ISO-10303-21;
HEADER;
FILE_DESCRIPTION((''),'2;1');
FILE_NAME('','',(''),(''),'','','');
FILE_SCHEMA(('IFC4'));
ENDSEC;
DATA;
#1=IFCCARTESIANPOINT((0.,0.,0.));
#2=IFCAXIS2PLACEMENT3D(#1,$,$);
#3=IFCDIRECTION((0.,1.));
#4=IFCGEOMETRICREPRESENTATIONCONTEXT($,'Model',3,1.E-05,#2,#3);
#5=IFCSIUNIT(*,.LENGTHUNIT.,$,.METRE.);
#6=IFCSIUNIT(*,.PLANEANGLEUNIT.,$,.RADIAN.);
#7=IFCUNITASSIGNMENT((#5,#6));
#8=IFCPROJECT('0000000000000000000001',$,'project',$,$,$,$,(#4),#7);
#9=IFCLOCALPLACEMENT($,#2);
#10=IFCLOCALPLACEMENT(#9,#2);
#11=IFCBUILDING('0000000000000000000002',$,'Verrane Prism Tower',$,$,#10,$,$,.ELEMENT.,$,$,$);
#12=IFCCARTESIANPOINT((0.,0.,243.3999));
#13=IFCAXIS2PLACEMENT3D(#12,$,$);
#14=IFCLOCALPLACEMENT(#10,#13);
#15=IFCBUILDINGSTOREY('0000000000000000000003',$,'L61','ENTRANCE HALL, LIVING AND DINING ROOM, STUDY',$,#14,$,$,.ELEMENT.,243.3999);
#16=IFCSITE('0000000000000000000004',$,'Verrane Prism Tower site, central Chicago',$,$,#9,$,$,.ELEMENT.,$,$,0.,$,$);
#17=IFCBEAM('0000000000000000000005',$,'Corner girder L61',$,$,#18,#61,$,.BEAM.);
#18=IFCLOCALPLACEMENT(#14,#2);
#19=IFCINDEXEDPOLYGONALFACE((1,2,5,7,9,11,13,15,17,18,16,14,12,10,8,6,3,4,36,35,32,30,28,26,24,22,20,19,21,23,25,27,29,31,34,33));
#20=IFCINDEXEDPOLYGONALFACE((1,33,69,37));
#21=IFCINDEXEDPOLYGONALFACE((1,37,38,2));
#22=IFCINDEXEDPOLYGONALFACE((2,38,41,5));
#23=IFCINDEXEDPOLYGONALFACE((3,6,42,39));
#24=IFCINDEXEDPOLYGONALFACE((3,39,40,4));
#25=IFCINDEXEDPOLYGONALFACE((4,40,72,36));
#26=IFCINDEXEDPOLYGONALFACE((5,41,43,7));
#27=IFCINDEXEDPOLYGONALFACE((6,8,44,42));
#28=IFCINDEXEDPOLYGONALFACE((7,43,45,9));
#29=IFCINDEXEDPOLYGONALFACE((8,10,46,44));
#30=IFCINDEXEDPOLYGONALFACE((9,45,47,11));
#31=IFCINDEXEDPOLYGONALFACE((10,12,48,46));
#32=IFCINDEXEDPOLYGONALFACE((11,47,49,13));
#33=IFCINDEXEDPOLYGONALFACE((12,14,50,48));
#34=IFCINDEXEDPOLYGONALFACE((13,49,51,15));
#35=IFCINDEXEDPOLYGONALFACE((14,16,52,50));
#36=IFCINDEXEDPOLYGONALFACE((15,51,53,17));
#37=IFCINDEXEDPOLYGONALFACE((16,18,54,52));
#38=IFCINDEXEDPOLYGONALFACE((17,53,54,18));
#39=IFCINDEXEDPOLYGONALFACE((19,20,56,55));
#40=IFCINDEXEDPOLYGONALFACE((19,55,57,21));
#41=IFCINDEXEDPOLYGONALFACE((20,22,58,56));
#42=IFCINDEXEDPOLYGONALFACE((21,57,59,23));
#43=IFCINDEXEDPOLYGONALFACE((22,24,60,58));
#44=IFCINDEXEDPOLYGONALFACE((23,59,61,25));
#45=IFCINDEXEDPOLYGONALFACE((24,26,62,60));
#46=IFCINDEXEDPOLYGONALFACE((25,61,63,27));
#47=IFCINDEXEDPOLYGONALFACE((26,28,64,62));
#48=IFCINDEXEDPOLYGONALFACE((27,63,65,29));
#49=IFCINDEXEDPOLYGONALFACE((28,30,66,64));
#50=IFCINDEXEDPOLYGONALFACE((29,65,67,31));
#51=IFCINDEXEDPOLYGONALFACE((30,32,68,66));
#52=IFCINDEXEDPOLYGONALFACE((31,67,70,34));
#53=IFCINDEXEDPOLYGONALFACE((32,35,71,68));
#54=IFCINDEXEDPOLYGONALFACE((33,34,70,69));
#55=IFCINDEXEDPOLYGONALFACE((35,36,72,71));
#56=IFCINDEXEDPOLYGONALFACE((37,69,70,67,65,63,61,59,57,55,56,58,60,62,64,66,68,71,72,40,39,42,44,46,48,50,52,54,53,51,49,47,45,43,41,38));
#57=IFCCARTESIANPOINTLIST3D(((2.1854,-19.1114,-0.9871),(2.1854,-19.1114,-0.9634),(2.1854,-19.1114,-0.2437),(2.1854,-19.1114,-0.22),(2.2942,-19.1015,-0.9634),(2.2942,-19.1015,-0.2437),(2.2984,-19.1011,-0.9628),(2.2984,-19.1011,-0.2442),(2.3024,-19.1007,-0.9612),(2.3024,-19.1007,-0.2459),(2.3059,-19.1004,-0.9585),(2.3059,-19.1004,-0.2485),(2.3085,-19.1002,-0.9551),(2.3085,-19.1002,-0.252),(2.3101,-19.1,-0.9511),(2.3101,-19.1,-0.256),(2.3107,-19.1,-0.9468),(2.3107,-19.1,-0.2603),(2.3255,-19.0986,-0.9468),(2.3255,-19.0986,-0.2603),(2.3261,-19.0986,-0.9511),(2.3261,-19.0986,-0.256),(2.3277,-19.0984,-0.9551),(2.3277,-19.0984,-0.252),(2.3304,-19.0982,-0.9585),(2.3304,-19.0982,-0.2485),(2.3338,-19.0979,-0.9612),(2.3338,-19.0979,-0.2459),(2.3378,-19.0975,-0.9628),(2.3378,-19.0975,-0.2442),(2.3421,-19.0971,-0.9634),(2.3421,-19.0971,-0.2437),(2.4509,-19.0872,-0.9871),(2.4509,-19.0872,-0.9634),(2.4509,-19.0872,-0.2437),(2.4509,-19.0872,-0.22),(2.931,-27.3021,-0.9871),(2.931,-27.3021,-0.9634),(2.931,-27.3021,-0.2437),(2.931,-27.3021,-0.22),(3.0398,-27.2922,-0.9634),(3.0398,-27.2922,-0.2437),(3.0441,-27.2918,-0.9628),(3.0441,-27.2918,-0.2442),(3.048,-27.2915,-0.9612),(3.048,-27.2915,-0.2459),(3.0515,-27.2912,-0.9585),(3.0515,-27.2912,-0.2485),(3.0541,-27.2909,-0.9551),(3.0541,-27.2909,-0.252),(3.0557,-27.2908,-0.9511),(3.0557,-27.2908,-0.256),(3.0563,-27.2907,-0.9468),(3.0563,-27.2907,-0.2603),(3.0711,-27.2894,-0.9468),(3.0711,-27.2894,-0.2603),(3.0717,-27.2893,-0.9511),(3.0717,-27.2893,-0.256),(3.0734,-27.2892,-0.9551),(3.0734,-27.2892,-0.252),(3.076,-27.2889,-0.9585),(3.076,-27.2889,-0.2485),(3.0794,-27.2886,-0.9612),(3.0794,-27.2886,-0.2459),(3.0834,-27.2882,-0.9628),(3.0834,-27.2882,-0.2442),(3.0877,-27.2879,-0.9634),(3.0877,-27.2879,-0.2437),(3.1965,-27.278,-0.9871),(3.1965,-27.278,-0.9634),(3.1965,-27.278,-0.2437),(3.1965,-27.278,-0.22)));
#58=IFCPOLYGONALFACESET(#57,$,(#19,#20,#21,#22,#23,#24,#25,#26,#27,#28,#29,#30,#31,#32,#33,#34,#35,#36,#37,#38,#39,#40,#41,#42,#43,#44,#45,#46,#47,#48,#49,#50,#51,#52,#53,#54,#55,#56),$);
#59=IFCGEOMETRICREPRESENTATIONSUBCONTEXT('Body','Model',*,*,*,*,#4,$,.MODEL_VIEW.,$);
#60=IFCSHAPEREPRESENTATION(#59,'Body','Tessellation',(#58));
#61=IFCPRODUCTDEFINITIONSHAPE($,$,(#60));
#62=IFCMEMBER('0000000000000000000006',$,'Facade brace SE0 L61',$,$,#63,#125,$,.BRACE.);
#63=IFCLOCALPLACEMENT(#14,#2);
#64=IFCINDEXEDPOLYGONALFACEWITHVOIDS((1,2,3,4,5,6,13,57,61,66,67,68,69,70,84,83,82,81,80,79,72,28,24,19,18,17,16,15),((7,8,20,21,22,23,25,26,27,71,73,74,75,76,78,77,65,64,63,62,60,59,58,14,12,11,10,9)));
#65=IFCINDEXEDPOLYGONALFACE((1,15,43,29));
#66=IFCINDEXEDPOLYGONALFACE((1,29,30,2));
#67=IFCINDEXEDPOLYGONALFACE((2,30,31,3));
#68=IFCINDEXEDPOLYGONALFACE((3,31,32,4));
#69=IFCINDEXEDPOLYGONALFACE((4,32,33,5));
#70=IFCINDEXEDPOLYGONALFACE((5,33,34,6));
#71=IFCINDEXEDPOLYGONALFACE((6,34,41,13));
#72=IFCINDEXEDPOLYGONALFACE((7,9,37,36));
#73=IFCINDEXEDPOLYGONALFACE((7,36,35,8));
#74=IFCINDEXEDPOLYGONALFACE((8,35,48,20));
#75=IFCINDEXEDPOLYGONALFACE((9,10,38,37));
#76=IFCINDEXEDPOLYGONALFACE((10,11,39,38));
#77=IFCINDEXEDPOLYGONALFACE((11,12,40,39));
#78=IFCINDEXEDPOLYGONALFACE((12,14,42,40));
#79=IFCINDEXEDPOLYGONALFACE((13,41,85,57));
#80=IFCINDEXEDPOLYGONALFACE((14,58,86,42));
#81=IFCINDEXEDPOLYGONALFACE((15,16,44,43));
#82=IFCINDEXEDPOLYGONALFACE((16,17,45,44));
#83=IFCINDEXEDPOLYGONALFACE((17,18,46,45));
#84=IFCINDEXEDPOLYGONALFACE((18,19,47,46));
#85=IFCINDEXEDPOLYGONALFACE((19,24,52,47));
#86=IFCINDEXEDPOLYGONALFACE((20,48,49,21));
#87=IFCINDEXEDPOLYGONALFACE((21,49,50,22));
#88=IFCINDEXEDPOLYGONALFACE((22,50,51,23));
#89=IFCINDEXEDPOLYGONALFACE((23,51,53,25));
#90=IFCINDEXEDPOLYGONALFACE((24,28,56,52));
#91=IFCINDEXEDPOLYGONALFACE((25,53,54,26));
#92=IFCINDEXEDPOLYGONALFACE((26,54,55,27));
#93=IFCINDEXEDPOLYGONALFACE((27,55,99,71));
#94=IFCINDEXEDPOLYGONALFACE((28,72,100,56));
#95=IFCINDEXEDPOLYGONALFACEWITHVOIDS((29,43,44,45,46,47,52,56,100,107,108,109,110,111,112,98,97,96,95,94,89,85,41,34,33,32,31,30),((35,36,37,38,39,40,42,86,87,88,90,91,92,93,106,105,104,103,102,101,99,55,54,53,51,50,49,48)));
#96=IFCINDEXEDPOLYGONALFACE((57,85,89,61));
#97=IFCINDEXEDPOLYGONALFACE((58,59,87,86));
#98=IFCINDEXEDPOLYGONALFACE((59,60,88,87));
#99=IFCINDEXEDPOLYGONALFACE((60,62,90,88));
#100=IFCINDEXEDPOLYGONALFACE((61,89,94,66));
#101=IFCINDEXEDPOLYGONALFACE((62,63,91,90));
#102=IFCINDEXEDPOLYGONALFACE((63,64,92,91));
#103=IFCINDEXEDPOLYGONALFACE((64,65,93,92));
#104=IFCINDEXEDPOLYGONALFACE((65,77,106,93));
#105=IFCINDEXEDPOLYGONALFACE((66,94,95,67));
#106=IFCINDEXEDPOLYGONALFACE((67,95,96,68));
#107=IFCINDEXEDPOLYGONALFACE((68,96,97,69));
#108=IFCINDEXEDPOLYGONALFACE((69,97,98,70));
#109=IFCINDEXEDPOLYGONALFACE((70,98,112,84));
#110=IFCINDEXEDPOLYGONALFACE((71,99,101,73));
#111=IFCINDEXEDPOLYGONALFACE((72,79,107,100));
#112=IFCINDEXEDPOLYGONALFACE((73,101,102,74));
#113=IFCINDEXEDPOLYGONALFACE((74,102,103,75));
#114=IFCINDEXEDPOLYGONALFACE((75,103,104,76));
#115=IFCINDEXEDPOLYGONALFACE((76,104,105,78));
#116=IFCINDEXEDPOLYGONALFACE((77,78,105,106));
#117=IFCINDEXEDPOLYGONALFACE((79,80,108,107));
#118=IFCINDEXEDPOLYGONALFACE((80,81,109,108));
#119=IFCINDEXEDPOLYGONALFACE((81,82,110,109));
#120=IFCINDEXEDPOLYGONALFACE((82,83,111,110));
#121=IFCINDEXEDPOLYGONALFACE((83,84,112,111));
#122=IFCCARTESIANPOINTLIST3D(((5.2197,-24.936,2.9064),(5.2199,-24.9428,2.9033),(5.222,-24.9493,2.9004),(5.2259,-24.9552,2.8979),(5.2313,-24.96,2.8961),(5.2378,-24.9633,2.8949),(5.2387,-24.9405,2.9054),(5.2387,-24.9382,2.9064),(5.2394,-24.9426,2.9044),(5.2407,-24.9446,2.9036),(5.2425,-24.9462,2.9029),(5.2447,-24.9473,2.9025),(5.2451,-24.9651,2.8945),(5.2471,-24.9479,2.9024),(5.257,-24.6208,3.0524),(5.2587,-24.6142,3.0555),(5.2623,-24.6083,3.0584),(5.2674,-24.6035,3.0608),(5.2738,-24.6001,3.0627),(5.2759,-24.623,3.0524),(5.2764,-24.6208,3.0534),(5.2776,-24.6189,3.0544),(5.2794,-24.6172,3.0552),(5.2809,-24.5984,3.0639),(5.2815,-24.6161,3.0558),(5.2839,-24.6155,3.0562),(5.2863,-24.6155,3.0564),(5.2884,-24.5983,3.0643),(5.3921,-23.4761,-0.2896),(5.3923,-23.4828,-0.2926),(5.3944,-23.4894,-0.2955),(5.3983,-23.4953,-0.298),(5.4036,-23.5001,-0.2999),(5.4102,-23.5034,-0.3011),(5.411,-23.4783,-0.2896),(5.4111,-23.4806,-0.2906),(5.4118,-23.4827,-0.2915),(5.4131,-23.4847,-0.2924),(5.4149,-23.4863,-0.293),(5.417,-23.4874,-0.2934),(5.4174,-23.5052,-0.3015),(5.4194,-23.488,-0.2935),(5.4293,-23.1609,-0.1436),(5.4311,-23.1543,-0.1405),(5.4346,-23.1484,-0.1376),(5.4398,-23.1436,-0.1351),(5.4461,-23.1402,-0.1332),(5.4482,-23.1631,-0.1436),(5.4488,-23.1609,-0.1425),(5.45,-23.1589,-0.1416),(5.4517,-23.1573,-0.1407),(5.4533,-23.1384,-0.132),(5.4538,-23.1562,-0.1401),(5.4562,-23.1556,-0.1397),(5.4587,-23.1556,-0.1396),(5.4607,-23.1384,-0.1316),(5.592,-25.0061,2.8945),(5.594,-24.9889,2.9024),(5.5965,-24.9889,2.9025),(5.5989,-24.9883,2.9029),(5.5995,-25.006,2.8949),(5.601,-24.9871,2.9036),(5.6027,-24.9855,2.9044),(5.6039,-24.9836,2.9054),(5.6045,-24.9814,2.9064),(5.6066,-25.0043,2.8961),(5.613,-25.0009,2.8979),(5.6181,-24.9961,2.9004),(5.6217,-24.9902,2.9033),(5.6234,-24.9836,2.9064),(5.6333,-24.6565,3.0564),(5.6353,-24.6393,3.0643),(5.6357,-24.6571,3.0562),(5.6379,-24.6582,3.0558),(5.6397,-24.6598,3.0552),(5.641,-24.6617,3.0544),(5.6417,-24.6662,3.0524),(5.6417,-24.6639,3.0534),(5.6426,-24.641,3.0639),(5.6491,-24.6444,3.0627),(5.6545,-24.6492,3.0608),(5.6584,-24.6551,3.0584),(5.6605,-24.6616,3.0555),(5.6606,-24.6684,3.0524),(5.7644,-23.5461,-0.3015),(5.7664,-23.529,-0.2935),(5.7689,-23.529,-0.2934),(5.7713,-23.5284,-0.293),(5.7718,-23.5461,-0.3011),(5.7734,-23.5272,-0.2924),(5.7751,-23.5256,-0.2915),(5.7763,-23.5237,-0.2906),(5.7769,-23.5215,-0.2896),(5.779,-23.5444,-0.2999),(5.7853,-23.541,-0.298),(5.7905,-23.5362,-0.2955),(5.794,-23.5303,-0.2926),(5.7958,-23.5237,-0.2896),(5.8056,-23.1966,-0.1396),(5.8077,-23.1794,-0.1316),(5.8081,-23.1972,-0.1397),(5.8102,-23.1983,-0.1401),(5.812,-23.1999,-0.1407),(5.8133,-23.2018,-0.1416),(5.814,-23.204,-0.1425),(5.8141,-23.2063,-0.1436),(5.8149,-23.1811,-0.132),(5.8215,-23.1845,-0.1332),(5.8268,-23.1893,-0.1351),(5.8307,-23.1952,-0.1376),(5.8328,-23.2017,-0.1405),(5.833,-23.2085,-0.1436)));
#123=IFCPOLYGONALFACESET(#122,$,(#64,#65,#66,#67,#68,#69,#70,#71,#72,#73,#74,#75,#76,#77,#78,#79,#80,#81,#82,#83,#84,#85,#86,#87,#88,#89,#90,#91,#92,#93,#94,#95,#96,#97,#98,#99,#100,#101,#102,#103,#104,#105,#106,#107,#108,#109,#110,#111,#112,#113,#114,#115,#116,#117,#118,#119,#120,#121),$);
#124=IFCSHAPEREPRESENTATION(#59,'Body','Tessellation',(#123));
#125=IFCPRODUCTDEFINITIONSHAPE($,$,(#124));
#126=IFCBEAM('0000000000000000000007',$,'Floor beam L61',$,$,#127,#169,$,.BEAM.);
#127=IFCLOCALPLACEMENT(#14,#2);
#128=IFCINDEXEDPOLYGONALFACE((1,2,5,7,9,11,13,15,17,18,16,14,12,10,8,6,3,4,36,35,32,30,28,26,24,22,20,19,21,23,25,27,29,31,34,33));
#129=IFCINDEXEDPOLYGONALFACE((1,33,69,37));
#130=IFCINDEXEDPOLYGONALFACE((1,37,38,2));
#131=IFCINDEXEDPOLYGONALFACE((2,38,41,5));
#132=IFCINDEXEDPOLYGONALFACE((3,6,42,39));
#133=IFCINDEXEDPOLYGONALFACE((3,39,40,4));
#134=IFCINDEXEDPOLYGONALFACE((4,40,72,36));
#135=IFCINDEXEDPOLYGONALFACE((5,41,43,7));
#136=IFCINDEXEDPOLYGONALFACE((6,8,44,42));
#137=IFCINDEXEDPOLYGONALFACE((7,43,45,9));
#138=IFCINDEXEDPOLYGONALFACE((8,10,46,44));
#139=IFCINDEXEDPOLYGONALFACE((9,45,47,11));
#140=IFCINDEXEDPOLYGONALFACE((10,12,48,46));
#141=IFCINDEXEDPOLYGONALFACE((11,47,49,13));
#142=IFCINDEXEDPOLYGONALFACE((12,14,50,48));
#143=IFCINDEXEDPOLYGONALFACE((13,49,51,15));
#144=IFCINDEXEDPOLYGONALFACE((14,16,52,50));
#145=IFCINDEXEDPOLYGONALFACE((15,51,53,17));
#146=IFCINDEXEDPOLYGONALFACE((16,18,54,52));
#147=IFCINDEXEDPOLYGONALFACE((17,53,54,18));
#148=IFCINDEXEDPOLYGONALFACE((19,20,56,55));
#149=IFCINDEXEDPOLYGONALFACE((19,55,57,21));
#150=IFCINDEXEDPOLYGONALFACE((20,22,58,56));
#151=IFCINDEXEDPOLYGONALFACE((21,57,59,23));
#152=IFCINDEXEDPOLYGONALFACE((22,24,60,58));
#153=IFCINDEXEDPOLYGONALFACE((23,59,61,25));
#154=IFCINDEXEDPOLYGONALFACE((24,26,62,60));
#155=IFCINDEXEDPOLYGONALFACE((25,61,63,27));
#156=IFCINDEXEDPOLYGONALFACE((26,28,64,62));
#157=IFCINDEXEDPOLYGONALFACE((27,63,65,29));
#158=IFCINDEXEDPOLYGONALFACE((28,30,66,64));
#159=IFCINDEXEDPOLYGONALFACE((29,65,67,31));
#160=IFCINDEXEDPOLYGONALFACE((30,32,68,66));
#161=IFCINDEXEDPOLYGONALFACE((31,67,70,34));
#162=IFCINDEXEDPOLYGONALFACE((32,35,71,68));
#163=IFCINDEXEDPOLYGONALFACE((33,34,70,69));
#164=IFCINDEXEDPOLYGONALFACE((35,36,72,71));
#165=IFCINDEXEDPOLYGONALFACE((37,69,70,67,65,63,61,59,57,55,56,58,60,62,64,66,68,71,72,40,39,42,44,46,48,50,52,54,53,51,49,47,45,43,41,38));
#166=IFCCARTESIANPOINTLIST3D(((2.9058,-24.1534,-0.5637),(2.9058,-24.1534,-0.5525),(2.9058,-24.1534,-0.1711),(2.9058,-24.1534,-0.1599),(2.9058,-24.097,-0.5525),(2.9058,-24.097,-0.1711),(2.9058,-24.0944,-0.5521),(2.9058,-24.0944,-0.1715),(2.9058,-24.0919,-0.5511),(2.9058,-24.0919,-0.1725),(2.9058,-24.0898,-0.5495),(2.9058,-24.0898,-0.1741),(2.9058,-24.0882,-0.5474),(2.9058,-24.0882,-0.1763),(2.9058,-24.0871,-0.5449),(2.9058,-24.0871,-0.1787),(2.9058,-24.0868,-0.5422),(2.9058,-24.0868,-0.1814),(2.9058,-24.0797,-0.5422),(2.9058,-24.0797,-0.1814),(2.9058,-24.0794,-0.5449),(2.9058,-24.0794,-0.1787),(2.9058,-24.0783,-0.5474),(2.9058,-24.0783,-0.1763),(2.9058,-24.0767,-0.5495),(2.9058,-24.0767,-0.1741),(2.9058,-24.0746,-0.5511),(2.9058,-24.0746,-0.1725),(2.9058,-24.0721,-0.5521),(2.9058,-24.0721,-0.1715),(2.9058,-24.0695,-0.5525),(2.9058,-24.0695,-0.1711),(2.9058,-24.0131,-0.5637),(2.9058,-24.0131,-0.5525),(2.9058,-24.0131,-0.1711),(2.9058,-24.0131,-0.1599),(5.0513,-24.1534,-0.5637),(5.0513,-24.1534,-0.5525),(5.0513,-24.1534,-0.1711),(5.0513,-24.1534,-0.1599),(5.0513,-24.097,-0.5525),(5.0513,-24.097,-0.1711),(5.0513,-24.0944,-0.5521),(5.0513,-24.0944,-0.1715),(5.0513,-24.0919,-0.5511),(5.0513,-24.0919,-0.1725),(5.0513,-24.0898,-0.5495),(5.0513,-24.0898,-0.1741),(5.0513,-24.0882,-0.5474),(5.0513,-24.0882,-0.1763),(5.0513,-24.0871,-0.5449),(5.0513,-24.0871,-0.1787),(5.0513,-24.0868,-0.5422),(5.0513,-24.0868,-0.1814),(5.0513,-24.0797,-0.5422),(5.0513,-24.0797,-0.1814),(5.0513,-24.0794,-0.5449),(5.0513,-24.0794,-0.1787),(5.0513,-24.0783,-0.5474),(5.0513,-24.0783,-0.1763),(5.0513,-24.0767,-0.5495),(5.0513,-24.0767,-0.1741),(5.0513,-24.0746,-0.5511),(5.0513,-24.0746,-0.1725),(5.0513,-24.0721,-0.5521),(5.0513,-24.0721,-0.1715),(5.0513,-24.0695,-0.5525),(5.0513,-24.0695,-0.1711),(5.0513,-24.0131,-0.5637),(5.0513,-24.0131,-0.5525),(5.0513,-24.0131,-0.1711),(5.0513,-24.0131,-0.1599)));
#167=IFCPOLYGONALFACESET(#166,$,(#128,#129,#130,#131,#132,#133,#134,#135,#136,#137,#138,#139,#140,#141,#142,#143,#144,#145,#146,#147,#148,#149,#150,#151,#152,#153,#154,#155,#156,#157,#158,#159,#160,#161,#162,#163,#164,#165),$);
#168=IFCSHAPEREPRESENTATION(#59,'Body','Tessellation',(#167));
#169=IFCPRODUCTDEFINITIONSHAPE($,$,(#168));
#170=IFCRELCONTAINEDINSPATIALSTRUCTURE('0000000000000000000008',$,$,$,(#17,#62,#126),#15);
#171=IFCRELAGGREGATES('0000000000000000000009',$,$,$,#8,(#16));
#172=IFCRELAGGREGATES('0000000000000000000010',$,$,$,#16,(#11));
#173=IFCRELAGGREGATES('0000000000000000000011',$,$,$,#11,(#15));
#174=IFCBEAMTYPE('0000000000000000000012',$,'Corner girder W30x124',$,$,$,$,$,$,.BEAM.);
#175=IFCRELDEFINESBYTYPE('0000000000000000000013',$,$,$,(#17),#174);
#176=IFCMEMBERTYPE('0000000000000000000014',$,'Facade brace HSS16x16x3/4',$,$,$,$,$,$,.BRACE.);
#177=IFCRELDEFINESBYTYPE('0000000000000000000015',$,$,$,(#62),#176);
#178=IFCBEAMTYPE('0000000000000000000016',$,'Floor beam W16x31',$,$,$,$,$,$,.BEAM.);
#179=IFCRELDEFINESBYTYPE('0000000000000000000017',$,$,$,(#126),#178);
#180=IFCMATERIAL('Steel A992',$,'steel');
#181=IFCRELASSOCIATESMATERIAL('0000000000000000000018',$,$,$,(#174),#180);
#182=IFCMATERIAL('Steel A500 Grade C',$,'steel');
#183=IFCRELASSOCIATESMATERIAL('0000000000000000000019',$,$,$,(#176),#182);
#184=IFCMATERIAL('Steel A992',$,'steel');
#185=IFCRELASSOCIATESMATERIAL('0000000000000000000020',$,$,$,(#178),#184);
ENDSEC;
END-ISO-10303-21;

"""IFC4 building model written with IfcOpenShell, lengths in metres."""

from ifc_helpers import new_model, si_unit, direction, frame, origin, origin_2d, place, context, subcontext, project, spatial, hollow_rectangle, i_section, extrude, material, material_profile, profile_set, type_object, element, save


model = new_model("IFC4")

# Units and contexts
model_context = context("Model", 3, precision=1e-05, world=origin(), true_north=direction((0.0, 1.0)))
body_context = subcontext(model_context, "Body", "Model", "MODEL_VIEW")
ifc_project = project(units=[si_unit("LENGTHUNIT", "METRE"), si_unit("PLANEANGLEUNIT", "RADIAN")], contexts=[model_context])

# Site, building, storey
site_placement = place(None, origin())
site = spatial("IfcSite", under=ifc_project, at=site_placement, Name="Verrane Prism Tower site, central Chicago", CompositionType="ELEMENT", RefElevation=0.0)
building_placement = place(site_placement, origin())
building = spatial("IfcBuilding", under=site, at=building_placement, Name="Verrane Prism Tower", CompositionType="ELEMENT")
storey_placement = place(building_placement, frame((0.0, 0.0, 243.3999)))
storey = spatial("IfcBuildingStorey", under=building, at=storey_placement, Name="L61", Description="ENTRANCE HALL, LIVING AND DINING ROOM, STUDY", CompositionType="ELEMENT", Elevation=243.3999)

# Beam
ifc_material_1 = material(Name="Steel A992", Category="steel")
ifc_material_profile_1 = material_profile(ifc_material_1, i_section(OverallWidth=0.2666, OverallDepth=0.7671, WebThickness=0.0149, FlangeThickness=0.0237, FilletRadius=0.0166, at=origin_2d()), Name="W30x124")
ifc_profile_set_1 = profile_set([ifc_material_profile_1], Name="Steel A992")
beam_type_1 = type_object("IfcBeamType", Name="Corner girder W30x124", PredefinedType="BEAM", material=ifc_profile_set_1)
beam_1_placement = place(storey_placement, frame((3.0637, -27.29, -0.6035), z_axis=(-0.090656, 0.995882, 0.0), x_axis=(-0.995882, -0.090656, 0.0)))
element("IfcBeam", 1, at=beam_1_placement, inside=storey, type_object=beam_type_1, Name="Corner girder L61", PredefinedType="BEAM", context=body_context, shape_type="SweptSolid", body=[
    extrude(i_section(OverallWidth=0.2666, OverallDepth=0.7671, WebThickness=0.0149, FlangeThickness=0.0237, FilletRadius=0.0166, at=origin_2d()), origin(), (0.0, 0.0, 1.0), 8.2246),
])

# Member
ifc_material_2 = material(Name="Steel A500 Grade C", Category="steel")
ifc_material_profile_2 = material_profile(ifc_material_2, hollow_rectangle(XDim=0.4065, YDim=0.4065, WallThickness=0.019, InnerFilletRadius=0.0095, OuterFilletRadius=0.0286, at=origin_2d()), Name="HSS16x16x3/4")
ifc_profile_set_2 = profile_set([ifc_material_profile_2], Name="Steel A500 Grade C")
member_type_1 = type_object("IfcMemberType", Name="Facade brace HSS16x16x3/4", PredefinedType="BRACE", material=ifc_profile_set_2)
member_1_placement = place(storey_placement, frame((5.6125, -23.3423, -0.2166), z_axis=(-0.048996, -0.415005, 0.908499), x_axis=(0.993103, -0.117246, 0.0)))
element("IfcMember", 2, at=member_1_placement, inside=storey, type_object=member_type_1, Name="Facade brace SE0 L61", PredefinedType="BRACE", context=body_context, shape_type="SweptSolid", body=[
    extrude(hollow_rectangle(XDim=0.4065, YDim=0.4065, WallThickness=0.019, InnerFilletRadius=0.0095, OuterFilletRadius=0.0286, at=origin_2d()), origin(), (0.0, 0.0, 1.0), 3.5178),
])

# Beam
ifc_material_3 = material(Name="Steel A992", Category="steel")
ifc_material_profile_3 = material_profile(ifc_material_3, i_section(OverallWidth=0.1404, OverallDepth=0.4038, WebThickness=0.0071, FlangeThickness=0.0112, FilletRadius=0.0103, at=origin_2d()), Name="W16x31")
ifc_profile_set_3 = profile_set([ifc_material_profile_3], Name="Steel A992")
beam_type_2 = type_object("IfcBeamType", Name="Floor beam W16x31", PredefinedType="BEAM", material=ifc_profile_set_3)
beam_2_placement = place(storey_placement, frame((2.9058, -24.0833, -0.3618), z_axis=(1.0, 0.0, 0.0), x_axis=(0.0, 1.0, 0.0)))
element("IfcBeam", 3, at=beam_2_placement, inside=storey, type_object=beam_type_2, Name="Floor beam L61", PredefinedType="BEAM", context=body_context, shape_type="SweptSolid", body=[
    extrude(i_section(OverallWidth=0.1404, OverallDepth=0.4038, WebThickness=0.0071, FlangeThickness=0.0112, FilletRadius=0.0103, at=origin_2d()), origin(), (0.0, 0.0, 1.0), 2.1455),
])

save(model, "model.ifc")
